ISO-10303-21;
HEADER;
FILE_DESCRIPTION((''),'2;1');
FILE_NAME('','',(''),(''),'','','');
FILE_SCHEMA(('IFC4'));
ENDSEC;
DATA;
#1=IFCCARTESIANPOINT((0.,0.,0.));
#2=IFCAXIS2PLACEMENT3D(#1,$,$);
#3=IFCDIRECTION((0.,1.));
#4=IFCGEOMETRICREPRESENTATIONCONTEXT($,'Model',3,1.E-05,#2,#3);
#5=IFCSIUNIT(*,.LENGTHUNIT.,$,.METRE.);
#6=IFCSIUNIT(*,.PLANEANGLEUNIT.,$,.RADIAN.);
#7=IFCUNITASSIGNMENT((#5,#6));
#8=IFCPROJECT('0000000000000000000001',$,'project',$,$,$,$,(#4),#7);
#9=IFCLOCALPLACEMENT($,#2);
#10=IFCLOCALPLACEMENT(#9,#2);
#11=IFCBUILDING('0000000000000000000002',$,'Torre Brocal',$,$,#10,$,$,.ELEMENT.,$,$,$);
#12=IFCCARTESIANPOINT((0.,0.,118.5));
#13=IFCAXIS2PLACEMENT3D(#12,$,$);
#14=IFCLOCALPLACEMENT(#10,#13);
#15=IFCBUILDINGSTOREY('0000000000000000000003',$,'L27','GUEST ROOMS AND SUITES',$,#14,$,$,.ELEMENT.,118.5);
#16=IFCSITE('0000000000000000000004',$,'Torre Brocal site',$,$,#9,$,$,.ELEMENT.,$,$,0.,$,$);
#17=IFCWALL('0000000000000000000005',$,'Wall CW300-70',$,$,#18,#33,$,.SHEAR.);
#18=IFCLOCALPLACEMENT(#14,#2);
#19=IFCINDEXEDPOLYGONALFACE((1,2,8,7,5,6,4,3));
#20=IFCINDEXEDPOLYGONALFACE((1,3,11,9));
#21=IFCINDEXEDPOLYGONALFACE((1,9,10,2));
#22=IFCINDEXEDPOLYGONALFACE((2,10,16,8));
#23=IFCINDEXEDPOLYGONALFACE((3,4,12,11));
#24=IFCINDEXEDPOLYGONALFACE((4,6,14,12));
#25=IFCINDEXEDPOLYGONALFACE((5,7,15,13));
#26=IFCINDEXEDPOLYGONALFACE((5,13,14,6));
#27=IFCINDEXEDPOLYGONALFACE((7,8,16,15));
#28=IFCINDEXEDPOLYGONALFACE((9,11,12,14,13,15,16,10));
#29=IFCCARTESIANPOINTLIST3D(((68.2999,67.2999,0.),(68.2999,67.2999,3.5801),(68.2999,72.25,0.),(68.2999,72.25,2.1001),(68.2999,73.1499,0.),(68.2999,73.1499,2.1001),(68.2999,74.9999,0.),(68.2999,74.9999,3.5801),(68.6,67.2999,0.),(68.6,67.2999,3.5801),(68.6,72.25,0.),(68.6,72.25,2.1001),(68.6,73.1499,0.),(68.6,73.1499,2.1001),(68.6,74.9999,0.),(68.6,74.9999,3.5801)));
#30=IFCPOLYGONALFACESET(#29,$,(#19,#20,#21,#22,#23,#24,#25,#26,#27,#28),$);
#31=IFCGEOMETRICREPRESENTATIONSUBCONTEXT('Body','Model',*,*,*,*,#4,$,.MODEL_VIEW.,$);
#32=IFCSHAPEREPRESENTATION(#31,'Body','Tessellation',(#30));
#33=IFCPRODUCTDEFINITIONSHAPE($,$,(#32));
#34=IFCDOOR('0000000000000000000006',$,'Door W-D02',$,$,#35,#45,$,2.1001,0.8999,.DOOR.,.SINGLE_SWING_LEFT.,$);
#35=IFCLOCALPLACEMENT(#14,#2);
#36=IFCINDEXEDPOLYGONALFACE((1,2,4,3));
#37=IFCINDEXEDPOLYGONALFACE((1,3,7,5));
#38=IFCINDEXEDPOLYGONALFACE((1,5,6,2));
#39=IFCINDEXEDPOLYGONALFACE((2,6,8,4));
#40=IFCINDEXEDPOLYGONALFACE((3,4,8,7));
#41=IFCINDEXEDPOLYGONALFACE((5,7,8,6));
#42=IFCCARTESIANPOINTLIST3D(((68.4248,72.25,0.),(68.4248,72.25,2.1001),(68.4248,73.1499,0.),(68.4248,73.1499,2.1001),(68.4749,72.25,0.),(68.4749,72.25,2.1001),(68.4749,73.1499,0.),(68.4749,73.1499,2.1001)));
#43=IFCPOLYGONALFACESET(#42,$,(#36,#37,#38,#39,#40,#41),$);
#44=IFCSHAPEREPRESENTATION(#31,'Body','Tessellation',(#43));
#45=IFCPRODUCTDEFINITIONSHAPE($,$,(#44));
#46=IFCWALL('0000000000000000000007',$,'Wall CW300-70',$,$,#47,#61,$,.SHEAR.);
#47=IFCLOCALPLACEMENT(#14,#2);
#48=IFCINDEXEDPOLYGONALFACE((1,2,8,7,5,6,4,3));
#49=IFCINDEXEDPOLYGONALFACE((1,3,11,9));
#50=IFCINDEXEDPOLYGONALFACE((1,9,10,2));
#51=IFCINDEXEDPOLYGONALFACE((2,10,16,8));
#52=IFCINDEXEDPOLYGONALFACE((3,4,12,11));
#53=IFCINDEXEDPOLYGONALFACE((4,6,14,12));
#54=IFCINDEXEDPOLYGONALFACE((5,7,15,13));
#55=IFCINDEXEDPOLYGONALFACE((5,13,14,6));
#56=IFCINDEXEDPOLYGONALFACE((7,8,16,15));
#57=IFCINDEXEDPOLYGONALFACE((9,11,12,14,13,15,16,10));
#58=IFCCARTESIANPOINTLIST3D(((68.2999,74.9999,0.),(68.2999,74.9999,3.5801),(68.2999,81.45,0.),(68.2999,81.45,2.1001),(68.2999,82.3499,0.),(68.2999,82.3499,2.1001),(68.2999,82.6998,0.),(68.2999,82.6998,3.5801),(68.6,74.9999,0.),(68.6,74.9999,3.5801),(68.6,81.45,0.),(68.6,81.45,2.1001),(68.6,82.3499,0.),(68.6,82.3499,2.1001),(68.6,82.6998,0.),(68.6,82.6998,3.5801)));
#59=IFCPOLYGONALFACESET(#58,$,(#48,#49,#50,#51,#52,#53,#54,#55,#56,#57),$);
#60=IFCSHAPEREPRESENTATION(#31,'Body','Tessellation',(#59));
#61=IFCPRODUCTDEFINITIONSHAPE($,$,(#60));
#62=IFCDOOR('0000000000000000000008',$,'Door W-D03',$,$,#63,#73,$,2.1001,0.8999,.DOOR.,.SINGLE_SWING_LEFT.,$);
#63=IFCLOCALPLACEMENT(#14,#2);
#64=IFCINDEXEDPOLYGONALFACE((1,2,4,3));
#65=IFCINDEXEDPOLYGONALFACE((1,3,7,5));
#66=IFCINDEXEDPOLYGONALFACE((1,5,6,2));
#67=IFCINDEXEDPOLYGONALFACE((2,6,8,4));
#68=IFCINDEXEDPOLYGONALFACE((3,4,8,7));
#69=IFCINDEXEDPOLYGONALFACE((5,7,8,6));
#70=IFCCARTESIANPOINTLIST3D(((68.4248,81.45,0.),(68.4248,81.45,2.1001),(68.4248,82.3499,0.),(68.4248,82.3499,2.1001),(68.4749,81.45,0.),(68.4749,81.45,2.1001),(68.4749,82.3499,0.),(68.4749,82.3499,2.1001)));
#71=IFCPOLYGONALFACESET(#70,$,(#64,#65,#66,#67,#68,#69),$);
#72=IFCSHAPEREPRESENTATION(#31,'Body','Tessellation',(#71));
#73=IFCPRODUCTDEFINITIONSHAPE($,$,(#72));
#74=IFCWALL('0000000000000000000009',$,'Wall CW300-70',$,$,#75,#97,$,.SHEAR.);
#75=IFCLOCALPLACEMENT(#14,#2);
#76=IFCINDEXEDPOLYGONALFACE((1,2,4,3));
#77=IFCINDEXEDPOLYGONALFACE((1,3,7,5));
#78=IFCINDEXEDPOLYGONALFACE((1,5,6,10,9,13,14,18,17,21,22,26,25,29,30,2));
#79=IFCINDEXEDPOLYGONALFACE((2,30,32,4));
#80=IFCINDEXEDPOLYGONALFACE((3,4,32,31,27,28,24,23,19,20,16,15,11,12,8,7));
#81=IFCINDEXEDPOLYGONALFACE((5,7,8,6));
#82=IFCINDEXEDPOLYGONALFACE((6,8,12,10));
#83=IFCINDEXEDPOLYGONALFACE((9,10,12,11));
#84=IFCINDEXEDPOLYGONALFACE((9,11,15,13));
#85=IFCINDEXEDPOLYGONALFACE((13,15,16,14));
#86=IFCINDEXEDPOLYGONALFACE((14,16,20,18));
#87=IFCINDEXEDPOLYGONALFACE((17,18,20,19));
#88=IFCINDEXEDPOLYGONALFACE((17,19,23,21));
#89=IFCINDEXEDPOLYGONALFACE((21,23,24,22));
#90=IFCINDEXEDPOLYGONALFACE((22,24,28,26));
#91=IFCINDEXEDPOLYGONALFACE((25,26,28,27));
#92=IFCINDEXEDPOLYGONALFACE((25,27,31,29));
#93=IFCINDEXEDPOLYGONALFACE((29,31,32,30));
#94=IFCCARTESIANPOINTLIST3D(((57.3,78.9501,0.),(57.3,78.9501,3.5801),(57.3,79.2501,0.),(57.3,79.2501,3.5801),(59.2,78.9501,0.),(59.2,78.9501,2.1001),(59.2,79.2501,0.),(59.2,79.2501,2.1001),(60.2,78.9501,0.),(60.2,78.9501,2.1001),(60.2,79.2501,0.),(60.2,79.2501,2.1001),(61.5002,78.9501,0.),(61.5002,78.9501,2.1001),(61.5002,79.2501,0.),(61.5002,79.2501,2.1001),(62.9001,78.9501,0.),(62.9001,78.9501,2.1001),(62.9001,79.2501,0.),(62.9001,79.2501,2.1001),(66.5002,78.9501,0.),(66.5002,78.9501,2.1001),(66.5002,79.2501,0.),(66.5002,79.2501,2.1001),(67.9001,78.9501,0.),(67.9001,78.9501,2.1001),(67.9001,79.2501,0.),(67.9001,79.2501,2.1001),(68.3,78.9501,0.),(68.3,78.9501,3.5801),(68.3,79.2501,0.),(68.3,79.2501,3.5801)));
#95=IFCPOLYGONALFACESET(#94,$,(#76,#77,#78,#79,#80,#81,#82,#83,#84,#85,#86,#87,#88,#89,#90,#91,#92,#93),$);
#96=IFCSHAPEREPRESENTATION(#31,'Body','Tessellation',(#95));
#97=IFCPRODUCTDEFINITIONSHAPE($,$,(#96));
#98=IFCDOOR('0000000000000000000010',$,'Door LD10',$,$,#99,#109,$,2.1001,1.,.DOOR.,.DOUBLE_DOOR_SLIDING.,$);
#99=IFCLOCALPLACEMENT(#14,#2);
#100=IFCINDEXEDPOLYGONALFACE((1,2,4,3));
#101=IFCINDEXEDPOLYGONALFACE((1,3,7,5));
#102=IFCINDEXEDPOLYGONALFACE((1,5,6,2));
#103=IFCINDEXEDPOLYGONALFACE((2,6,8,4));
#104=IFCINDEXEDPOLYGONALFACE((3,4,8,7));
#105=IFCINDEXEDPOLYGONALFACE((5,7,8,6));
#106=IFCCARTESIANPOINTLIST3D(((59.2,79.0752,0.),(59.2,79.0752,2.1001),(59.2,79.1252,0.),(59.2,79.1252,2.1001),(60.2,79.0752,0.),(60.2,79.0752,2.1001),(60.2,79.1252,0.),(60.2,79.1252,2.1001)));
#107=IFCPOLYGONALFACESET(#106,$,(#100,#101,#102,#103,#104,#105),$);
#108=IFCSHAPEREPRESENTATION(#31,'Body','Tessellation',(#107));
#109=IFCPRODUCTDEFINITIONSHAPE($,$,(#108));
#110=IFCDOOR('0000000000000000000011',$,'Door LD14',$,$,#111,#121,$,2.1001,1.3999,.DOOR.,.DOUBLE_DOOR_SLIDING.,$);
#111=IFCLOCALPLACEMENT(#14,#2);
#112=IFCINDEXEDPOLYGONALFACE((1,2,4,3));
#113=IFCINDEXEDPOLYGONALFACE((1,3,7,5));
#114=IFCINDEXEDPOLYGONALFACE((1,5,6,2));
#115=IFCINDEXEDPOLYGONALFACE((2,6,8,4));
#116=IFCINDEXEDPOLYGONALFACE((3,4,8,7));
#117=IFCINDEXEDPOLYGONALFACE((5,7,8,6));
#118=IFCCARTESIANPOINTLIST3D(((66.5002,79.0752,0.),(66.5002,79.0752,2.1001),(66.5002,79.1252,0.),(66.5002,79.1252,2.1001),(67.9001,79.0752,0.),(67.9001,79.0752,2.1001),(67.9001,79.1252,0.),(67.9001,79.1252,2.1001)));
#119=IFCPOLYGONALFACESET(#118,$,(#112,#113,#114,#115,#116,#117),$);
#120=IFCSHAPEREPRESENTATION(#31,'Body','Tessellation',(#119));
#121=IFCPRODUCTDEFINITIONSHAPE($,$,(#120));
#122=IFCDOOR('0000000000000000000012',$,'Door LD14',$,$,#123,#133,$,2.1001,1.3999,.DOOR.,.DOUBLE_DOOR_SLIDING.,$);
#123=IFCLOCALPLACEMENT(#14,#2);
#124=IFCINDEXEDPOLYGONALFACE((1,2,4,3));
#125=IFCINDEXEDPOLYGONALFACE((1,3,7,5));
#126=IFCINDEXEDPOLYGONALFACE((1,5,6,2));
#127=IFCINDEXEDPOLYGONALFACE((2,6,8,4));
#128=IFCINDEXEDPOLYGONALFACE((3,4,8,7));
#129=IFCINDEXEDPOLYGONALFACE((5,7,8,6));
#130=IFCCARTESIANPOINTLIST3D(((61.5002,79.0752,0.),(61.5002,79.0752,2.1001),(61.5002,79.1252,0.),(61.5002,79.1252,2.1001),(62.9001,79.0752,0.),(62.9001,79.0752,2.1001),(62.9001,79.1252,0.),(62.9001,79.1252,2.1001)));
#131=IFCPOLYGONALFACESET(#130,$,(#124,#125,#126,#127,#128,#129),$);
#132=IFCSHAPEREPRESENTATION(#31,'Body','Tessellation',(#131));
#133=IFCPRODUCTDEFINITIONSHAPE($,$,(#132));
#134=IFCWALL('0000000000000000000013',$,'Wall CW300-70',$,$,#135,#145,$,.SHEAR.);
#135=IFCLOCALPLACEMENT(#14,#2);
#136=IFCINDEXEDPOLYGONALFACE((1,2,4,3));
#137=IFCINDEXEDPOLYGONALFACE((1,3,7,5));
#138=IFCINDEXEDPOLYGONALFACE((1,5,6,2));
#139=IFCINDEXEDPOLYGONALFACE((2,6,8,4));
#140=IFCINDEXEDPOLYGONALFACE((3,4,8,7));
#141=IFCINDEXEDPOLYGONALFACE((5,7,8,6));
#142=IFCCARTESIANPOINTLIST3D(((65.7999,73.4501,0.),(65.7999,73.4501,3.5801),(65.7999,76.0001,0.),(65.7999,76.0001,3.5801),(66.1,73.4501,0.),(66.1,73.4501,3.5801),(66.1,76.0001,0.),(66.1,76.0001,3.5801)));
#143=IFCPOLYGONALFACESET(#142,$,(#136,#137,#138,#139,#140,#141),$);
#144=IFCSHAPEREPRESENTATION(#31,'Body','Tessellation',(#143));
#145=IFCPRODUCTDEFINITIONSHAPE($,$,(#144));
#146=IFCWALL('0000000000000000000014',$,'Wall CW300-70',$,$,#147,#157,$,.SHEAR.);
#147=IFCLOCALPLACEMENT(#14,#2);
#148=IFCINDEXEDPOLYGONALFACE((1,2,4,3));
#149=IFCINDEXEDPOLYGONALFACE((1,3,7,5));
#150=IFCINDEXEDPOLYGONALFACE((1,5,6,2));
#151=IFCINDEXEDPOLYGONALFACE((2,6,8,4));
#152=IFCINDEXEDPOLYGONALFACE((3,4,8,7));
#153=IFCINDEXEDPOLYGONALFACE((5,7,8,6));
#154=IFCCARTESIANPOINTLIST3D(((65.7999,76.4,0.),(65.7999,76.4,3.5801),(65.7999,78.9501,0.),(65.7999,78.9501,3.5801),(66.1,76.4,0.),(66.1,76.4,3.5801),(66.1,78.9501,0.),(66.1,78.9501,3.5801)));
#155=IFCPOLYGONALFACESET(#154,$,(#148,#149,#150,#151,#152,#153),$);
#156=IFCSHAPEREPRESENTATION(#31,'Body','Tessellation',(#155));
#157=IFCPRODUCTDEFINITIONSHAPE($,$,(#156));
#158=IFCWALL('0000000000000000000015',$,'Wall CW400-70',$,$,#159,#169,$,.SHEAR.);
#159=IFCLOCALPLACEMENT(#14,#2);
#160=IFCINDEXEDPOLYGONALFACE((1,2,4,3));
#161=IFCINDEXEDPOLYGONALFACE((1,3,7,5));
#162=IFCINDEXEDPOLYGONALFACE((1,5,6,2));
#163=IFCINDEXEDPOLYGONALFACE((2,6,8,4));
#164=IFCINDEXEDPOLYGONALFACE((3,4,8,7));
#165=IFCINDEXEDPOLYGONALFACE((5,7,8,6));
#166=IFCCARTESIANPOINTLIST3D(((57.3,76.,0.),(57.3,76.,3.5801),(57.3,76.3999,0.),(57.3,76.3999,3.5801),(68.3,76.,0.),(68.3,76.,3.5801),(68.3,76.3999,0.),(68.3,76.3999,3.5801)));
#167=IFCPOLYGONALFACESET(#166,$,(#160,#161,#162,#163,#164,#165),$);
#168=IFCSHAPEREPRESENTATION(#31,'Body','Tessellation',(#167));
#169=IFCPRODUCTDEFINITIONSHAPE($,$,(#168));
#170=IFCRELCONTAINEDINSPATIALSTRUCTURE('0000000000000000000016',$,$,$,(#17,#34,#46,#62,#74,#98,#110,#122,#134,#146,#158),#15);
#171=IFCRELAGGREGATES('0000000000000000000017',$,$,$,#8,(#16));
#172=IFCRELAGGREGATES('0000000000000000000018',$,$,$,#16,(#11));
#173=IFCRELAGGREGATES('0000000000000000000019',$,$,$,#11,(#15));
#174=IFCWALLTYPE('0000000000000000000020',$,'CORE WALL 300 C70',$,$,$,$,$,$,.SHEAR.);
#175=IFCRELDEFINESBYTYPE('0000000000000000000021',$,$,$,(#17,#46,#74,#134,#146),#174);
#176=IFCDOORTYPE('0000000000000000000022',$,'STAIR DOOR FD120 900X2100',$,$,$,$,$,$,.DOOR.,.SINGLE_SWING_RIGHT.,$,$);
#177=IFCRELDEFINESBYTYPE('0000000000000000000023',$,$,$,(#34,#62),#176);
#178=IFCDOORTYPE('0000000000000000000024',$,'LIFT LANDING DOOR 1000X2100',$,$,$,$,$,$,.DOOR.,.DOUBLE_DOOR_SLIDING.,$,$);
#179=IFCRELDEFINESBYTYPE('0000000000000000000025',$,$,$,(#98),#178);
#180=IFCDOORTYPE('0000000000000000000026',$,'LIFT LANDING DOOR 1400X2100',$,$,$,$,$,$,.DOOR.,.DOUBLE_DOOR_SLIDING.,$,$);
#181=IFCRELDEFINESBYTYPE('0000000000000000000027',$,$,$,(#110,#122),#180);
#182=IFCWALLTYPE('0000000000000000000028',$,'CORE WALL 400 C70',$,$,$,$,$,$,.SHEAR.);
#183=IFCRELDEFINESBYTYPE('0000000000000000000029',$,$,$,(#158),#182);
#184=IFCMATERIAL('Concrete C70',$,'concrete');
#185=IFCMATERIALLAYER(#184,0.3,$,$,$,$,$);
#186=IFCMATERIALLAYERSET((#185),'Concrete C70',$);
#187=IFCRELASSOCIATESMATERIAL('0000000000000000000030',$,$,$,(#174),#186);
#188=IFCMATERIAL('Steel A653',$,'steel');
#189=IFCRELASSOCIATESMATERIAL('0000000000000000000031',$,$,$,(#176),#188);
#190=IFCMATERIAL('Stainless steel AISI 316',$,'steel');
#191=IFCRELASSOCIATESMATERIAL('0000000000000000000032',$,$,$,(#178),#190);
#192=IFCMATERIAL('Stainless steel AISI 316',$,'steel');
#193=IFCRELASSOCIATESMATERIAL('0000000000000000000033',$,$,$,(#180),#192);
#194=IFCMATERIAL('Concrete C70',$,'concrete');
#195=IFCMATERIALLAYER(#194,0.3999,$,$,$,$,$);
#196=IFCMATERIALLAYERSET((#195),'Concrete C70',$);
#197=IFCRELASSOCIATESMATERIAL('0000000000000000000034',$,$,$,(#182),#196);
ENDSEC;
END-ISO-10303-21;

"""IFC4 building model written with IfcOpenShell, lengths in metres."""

from ifc_helpers import new_model, si_unit, direction, frame, frame_2d, origin, place, context, subcontext, project, spatial, rectangle, extrude, material, layer, layer_set, type_object, element, fill, save


model = new_model("IFC4")

# Units and contexts
model_context = context("Model", 3, precision=1e-05, world=origin(), true_north=direction((0.0, 1.0)))
body_context = subcontext(model_context, "Body", "Model", "MODEL_VIEW")
ifc_project = project(units=[si_unit("LENGTHUNIT", "METRE"), si_unit("PLANEANGLEUNIT", "RADIAN")], contexts=[model_context])

# Site, building, storey
site_placement = place(None, origin())
site = spatial("IfcSite", under=ifc_project, at=site_placement, Name="Torre Brocal site", CompositionType="ELEMENT", RefElevation=0.0)
building_placement = place(site_placement, origin())
building = spatial("IfcBuilding", under=site, at=building_placement, Name="Torre Brocal", CompositionType="ELEMENT")
storey_placement = place(building_placement, frame((0.0, 0.0, 118.5)))
storey = spatial("IfcBuildingStorey", under=building, at=storey_placement, Name="L27", Description="GUEST ROOMS AND SUITES", CompositionType="ELEMENT", Elevation=118.5)

# Walls, openings, doors
ifc_material_1 = material(Name="Concrete C70", Category="concrete")
ifc_layer_1 = layer(ifc_material_1, 0.3)
ifc_layer_set_1 = layer_set([ifc_layer_1], Name="Concrete C70")
wall_type_1 = type_object("IfcWallType", Name="CORE WALL 300 C70", PredefinedType="SHEAR", material=ifc_layer_set_1)
wall_1_placement = place(storey_placement, frame((68.45, 75.0, 0.0), z_axis=(0.0, 0.0, 1.0), x_axis=(0.0, -1.0, 0.0)))
wall_1 = element("IfcWall", 1, at=wall_1_placement, inside=storey, type_object=wall_type_1, Name="Wall CW300-70", PredefinedType="SHEAR", context=body_context, shape_type="SweptSolid", body=[
    extrude(rectangle(XDim=7.7, YDim=0.3, at=frame_2d((3.8501, 0.0))), origin(), (0.0, 0.0, 1.0), 3.5801),
])
opening_1_placement = place(wall_1_placement, frame((1.8501, 0.0, 0.0)))
opening_1 = element("IfcOpeningElement", 2, at=opening_1_placement, cuts=wall_1, PredefinedType="OPENING", context=body_context, shape_type="SweptSolid", body=[
    extrude(rectangle(XDim=0.8999, YDim=2.1001, at=frame_2d((0.45, 1.05))), frame((0.0, 0.1599, 0.0), z_axis=(0.0, -1.0, 0.0), x_axis=(1.0, 0.0, 0.0)), (0.0, 0.0, 1.0), 0.3201),
])
ifc_material_2 = material(Name="Steel A653", Category="steel")
door_type_1 = type_object("IfcDoorType", Name="STAIR DOOR FD120 900X2100", OperationType="SINGLE_SWING_RIGHT", PredefinedType="DOOR", material=ifc_material_2)
door_1_placement = place(opening_1_placement, origin())
door_1 = element("IfcDoor", 3, at=door_1_placement, inside=storey, type_object=door_type_1, Name="Door W-D02", OperationType="SINGLE_SWING_LEFT", OverallHeight=2.1001, OverallWidth=0.8999, PredefinedType="DOOR", context=body_context, shape_type="SweptSolid", body=[
    extrude(rectangle(XDim=0.8999, YDim=2.1001, at=frame_2d((0.45, 1.05))), frame((0.0, 0.0249, 0.0), z_axis=(0.0, -1.0, 0.0), x_axis=(1.0, 0.0, 0.0)), (0.0, 0.0, 1.0), 0.05),
])
fill(opening_1, door_1)
wall_2_placement = place(storey_placement, frame((68.45, 82.7, 0.0), z_axis=(0.0, 0.0, 1.0), x_axis=(0.0, -1.0, 0.0)))
wall_2 = element("IfcWall", 4, at=wall_2_placement, inside=storey, type_object=wall_type_1, Name="Wall CW300-70", PredefinedType="SHEAR", context=body_context, shape_type="SweptSolid", body=[
    extrude(rectangle(XDim=7.7, YDim=0.3, at=frame_2d((3.8501, 0.0))), origin(), (0.0, 0.0, 1.0), 3.5801),
])
opening_2_placement = place(wall_2_placement, frame((0.3501, 0.0, 0.0)))
opening_2 = element("IfcOpeningElement", 5, at=opening_2_placement, cuts=wall_2, PredefinedType="OPENING", context=body_context, shape_type="SweptSolid", body=[
    extrude(rectangle(XDim=0.8999, YDim=2.1001, at=frame_2d((0.45, 1.05))), frame((0.0, 0.1599, 0.0), z_axis=(0.0, -1.0, 0.0), x_axis=(1.0, 0.0, 0.0)), (0.0, 0.0, 1.0), 0.3201),
])
door_2_placement = place(opening_2_placement, origin())
door_2 = element("IfcDoor", 6, at=door_2_placement, inside=storey, type_object=door_type_1, Name="Door W-D03", OperationType="SINGLE_SWING_LEFT", OverallHeight=2.1001, OverallWidth=0.8999, PredefinedType="DOOR", context=body_context, shape_type="SweptSolid", body=[
    extrude(rectangle(XDim=0.8999, YDim=2.1001, at=frame_2d((0.45, 1.05))), frame((0.0, 0.0249, 0.0), z_axis=(0.0, -1.0, 0.0), x_axis=(1.0, 0.0, 0.0)), (0.0, 0.0, 1.0), 0.05),
])
fill(opening_2, door_2)

# Wall, openings, doors
wall_3_placement = place(storey_placement, frame((68.3, 79.1001, 0.0), z_axis=(0.0, 0.0, 1.0), x_axis=(-1.0, 0.0, 0.0)))
wall_3 = element("IfcWall", 7, at=wall_3_placement, inside=storey, type_object=wall_type_1, Name="Wall CW300-70", PredefinedType="SHEAR", context=body_context, shape_type="SweptSolid", body=[
    extrude(rectangle(XDim=11.0, YDim=0.3, at=frame_2d((5.5, 0.0))), origin(), (0.0, 0.0, 1.0), 3.5801),
])
opening_3_placement = place(wall_3_placement, frame((0.3999, 0.0, 0.0)))
opening_3 = element("IfcOpeningElement", 8, at=opening_3_placement, cuts=wall_3, PredefinedType="OPENING", context=body_context, shape_type="SweptSolid", body=[
    extrude(rectangle(XDim=1.3999, YDim=2.1001, at=frame_2d((0.7, 1.05))), frame((0.0, 0.1599, 0.0), z_axis=(0.0, -1.0, 0.0), x_axis=(1.0, 0.0, 0.0)), (0.0, 0.0, 1.0), 0.3201),
])
opening_4_placement = place(wall_3_placement, frame((5.3999, 0.0, 0.0)))
opening_4 = element("IfcOpeningElement", 9, at=opening_4_placement, cuts=wall_3, PredefinedType="OPENING", context=body_context, shape_type="SweptSolid", body=[
    extrude(rectangle(XDim=1.3999, YDim=2.1001, at=frame_2d((0.7, 1.05))), frame((0.0, 0.1599, 0.0), z_axis=(0.0, -1.0, 0.0), x_axis=(1.0, 0.0, 0.0)), (0.0, 0.0, 1.0), 0.3201),
])
opening_5_placement = place(wall_3_placement, frame((8.1001, 0.0, 0.0)))
opening_5 = element("IfcOpeningElement", 10, at=opening_5_placement, cuts=wall_3, PredefinedType="OPENING", context=body_context, shape_type="SweptSolid", body=[
    extrude(rectangle(XDim=1.0, YDim=2.1001, at=frame_2d((0.5, 1.05))), frame((0.0, 0.1599, 0.0), z_axis=(0.0, -1.0, 0.0), x_axis=(1.0, 0.0, 0.0)), (0.0, 0.0, 1.0), 0.3201),
])
ifc_material_3 = material(Name="Stainless steel AISI 316", Category="steel")
door_type_2 = type_object("IfcDoorType", Name="LIFT LANDING DOOR 1000X2100", OperationType="DOUBLE_DOOR_SLIDING", PredefinedType="DOOR", material=ifc_material_3)
door_3_placement = place(opening_5_placement, origin())
door_3 = element("IfcDoor", 11, at=door_3_placement, inside=storey, type_object=door_type_2, Name="Door LD10", OperationType="DOUBLE_DOOR_SLIDING", OverallHeight=2.1001, OverallWidth=1.0, PredefinedType="DOOR", context=body_context, shape_type="SweptSolid", body=[
    extrude(rectangle(XDim=1.0, YDim=2.1001, at=frame_2d((0.5, 1.05))), frame((0.0, 0.0249, 0.0), z_axis=(0.0, -1.0, 0.0), x_axis=(1.0, 0.0, 0.0)), (0.0, 0.0, 1.0), 0.05),
])
fill(opening_5, door_3)
ifc_material_4 = material(Name="Stainless steel AISI 316", Category="steel")
door_type_3 = type_object("IfcDoorType", Name="LIFT LANDING DOOR 1400X2100", OperationType="DOUBLE_DOOR_SLIDING", PredefinedType="DOOR", material=ifc_material_4)
door_4_placement = place(opening_3_placement, origin())
door_4 = element("IfcDoor", 12, at=door_4_placement, inside=storey, type_object=door_type_3, Name="Door LD14", OperationType="DOUBLE_DOOR_SLIDING", OverallHeight=2.1001, OverallWidth=1.3999, PredefinedType="DOOR", context=body_context, shape_type="SweptSolid", body=[
    extrude(rectangle(XDim=1.3999, YDim=2.1001, at=frame_2d((0.7, 1.05))), frame((0.0, 0.0249, 0.0), z_axis=(0.0, -1.0, 0.0), x_axis=(1.0, 0.0, 0.0)), (0.0, 0.0, 1.0), 0.05),
])
fill(opening_3, door_4)
door_5_placement = place(opening_4_placement, origin())
door_5 = element("IfcDoor", 13, at=door_5_placement, inside=storey, type_object=door_type_3, Name="Door LD14", OperationType="DOUBLE_DOOR_SLIDING", OverallHeight=2.1001, OverallWidth=1.3999, PredefinedType="DOOR", context=body_context, shape_type="SweptSolid", body=[
    extrude(rectangle(XDim=1.3999, YDim=2.1001, at=frame_2d((0.7, 1.05))), frame((0.0, 0.0249, 0.0), z_axis=(0.0, -1.0, 0.0), x_axis=(1.0, 0.0, 0.0)), (0.0, 0.0, 1.0), 0.05),
])
fill(opening_4, door_5)

# Walls
for number, where, z_axis, x_axis, name in (
    (14, (65.95, 76.0, 0.0), (0.0, 0.0, 1.0), (0.0, -1.0, 0.0), "Wall CW300-70"),
    (15, (65.95, 78.95, 0.0), (0.0, 0.0, 1.0), (0.0, -1.0, 0.0), "Wall CW300-70"),
):
    element("IfcWall", number, at=place(storey_placement, frame(where, z_axis=z_axis, x_axis=x_axis)), inside=storey, type_object=wall_type_1, Name=name, PredefinedType="SHEAR", context=body_context, shape_type="SweptSolid", body=[
        extrude(rectangle(XDim=2.55, YDim=0.3, at=frame_2d((1.2749, 0.0))), origin(), (0.0, 0.0, 1.0), 3.5801),
    ])
ifc_material_5 = material(Name="Concrete C70", Category="concrete")
ifc_layer_2 = layer(ifc_material_5, 0.3999)
ifc_layer_set_2 = layer_set([ifc_layer_2], Name="Concrete C70")
wall_type_2 = type_object("IfcWallType", Name="CORE WALL 400 C70", PredefinedType="SHEAR", material=ifc_layer_set_2)
wall_4_placement = place(storey_placement, frame((68.3, 76.2, 0.0), z_axis=(0.0, 0.0, 1.0), x_axis=(-1.0, 0.0, 0.0)))
element("IfcWall", 16, at=wall_4_placement, inside=storey, type_object=wall_type_2, Name="Wall CW400-70", PredefinedType="SHEAR", context=body_context, shape_type="SweptSolid", body=[
    extrude(rectangle(XDim=11.0, YDim=0.3999, at=frame_2d((5.5, 0.0))), origin(), (0.0, 0.0, 1.0), 3.5801),
])

save(model, "model.ifc")
